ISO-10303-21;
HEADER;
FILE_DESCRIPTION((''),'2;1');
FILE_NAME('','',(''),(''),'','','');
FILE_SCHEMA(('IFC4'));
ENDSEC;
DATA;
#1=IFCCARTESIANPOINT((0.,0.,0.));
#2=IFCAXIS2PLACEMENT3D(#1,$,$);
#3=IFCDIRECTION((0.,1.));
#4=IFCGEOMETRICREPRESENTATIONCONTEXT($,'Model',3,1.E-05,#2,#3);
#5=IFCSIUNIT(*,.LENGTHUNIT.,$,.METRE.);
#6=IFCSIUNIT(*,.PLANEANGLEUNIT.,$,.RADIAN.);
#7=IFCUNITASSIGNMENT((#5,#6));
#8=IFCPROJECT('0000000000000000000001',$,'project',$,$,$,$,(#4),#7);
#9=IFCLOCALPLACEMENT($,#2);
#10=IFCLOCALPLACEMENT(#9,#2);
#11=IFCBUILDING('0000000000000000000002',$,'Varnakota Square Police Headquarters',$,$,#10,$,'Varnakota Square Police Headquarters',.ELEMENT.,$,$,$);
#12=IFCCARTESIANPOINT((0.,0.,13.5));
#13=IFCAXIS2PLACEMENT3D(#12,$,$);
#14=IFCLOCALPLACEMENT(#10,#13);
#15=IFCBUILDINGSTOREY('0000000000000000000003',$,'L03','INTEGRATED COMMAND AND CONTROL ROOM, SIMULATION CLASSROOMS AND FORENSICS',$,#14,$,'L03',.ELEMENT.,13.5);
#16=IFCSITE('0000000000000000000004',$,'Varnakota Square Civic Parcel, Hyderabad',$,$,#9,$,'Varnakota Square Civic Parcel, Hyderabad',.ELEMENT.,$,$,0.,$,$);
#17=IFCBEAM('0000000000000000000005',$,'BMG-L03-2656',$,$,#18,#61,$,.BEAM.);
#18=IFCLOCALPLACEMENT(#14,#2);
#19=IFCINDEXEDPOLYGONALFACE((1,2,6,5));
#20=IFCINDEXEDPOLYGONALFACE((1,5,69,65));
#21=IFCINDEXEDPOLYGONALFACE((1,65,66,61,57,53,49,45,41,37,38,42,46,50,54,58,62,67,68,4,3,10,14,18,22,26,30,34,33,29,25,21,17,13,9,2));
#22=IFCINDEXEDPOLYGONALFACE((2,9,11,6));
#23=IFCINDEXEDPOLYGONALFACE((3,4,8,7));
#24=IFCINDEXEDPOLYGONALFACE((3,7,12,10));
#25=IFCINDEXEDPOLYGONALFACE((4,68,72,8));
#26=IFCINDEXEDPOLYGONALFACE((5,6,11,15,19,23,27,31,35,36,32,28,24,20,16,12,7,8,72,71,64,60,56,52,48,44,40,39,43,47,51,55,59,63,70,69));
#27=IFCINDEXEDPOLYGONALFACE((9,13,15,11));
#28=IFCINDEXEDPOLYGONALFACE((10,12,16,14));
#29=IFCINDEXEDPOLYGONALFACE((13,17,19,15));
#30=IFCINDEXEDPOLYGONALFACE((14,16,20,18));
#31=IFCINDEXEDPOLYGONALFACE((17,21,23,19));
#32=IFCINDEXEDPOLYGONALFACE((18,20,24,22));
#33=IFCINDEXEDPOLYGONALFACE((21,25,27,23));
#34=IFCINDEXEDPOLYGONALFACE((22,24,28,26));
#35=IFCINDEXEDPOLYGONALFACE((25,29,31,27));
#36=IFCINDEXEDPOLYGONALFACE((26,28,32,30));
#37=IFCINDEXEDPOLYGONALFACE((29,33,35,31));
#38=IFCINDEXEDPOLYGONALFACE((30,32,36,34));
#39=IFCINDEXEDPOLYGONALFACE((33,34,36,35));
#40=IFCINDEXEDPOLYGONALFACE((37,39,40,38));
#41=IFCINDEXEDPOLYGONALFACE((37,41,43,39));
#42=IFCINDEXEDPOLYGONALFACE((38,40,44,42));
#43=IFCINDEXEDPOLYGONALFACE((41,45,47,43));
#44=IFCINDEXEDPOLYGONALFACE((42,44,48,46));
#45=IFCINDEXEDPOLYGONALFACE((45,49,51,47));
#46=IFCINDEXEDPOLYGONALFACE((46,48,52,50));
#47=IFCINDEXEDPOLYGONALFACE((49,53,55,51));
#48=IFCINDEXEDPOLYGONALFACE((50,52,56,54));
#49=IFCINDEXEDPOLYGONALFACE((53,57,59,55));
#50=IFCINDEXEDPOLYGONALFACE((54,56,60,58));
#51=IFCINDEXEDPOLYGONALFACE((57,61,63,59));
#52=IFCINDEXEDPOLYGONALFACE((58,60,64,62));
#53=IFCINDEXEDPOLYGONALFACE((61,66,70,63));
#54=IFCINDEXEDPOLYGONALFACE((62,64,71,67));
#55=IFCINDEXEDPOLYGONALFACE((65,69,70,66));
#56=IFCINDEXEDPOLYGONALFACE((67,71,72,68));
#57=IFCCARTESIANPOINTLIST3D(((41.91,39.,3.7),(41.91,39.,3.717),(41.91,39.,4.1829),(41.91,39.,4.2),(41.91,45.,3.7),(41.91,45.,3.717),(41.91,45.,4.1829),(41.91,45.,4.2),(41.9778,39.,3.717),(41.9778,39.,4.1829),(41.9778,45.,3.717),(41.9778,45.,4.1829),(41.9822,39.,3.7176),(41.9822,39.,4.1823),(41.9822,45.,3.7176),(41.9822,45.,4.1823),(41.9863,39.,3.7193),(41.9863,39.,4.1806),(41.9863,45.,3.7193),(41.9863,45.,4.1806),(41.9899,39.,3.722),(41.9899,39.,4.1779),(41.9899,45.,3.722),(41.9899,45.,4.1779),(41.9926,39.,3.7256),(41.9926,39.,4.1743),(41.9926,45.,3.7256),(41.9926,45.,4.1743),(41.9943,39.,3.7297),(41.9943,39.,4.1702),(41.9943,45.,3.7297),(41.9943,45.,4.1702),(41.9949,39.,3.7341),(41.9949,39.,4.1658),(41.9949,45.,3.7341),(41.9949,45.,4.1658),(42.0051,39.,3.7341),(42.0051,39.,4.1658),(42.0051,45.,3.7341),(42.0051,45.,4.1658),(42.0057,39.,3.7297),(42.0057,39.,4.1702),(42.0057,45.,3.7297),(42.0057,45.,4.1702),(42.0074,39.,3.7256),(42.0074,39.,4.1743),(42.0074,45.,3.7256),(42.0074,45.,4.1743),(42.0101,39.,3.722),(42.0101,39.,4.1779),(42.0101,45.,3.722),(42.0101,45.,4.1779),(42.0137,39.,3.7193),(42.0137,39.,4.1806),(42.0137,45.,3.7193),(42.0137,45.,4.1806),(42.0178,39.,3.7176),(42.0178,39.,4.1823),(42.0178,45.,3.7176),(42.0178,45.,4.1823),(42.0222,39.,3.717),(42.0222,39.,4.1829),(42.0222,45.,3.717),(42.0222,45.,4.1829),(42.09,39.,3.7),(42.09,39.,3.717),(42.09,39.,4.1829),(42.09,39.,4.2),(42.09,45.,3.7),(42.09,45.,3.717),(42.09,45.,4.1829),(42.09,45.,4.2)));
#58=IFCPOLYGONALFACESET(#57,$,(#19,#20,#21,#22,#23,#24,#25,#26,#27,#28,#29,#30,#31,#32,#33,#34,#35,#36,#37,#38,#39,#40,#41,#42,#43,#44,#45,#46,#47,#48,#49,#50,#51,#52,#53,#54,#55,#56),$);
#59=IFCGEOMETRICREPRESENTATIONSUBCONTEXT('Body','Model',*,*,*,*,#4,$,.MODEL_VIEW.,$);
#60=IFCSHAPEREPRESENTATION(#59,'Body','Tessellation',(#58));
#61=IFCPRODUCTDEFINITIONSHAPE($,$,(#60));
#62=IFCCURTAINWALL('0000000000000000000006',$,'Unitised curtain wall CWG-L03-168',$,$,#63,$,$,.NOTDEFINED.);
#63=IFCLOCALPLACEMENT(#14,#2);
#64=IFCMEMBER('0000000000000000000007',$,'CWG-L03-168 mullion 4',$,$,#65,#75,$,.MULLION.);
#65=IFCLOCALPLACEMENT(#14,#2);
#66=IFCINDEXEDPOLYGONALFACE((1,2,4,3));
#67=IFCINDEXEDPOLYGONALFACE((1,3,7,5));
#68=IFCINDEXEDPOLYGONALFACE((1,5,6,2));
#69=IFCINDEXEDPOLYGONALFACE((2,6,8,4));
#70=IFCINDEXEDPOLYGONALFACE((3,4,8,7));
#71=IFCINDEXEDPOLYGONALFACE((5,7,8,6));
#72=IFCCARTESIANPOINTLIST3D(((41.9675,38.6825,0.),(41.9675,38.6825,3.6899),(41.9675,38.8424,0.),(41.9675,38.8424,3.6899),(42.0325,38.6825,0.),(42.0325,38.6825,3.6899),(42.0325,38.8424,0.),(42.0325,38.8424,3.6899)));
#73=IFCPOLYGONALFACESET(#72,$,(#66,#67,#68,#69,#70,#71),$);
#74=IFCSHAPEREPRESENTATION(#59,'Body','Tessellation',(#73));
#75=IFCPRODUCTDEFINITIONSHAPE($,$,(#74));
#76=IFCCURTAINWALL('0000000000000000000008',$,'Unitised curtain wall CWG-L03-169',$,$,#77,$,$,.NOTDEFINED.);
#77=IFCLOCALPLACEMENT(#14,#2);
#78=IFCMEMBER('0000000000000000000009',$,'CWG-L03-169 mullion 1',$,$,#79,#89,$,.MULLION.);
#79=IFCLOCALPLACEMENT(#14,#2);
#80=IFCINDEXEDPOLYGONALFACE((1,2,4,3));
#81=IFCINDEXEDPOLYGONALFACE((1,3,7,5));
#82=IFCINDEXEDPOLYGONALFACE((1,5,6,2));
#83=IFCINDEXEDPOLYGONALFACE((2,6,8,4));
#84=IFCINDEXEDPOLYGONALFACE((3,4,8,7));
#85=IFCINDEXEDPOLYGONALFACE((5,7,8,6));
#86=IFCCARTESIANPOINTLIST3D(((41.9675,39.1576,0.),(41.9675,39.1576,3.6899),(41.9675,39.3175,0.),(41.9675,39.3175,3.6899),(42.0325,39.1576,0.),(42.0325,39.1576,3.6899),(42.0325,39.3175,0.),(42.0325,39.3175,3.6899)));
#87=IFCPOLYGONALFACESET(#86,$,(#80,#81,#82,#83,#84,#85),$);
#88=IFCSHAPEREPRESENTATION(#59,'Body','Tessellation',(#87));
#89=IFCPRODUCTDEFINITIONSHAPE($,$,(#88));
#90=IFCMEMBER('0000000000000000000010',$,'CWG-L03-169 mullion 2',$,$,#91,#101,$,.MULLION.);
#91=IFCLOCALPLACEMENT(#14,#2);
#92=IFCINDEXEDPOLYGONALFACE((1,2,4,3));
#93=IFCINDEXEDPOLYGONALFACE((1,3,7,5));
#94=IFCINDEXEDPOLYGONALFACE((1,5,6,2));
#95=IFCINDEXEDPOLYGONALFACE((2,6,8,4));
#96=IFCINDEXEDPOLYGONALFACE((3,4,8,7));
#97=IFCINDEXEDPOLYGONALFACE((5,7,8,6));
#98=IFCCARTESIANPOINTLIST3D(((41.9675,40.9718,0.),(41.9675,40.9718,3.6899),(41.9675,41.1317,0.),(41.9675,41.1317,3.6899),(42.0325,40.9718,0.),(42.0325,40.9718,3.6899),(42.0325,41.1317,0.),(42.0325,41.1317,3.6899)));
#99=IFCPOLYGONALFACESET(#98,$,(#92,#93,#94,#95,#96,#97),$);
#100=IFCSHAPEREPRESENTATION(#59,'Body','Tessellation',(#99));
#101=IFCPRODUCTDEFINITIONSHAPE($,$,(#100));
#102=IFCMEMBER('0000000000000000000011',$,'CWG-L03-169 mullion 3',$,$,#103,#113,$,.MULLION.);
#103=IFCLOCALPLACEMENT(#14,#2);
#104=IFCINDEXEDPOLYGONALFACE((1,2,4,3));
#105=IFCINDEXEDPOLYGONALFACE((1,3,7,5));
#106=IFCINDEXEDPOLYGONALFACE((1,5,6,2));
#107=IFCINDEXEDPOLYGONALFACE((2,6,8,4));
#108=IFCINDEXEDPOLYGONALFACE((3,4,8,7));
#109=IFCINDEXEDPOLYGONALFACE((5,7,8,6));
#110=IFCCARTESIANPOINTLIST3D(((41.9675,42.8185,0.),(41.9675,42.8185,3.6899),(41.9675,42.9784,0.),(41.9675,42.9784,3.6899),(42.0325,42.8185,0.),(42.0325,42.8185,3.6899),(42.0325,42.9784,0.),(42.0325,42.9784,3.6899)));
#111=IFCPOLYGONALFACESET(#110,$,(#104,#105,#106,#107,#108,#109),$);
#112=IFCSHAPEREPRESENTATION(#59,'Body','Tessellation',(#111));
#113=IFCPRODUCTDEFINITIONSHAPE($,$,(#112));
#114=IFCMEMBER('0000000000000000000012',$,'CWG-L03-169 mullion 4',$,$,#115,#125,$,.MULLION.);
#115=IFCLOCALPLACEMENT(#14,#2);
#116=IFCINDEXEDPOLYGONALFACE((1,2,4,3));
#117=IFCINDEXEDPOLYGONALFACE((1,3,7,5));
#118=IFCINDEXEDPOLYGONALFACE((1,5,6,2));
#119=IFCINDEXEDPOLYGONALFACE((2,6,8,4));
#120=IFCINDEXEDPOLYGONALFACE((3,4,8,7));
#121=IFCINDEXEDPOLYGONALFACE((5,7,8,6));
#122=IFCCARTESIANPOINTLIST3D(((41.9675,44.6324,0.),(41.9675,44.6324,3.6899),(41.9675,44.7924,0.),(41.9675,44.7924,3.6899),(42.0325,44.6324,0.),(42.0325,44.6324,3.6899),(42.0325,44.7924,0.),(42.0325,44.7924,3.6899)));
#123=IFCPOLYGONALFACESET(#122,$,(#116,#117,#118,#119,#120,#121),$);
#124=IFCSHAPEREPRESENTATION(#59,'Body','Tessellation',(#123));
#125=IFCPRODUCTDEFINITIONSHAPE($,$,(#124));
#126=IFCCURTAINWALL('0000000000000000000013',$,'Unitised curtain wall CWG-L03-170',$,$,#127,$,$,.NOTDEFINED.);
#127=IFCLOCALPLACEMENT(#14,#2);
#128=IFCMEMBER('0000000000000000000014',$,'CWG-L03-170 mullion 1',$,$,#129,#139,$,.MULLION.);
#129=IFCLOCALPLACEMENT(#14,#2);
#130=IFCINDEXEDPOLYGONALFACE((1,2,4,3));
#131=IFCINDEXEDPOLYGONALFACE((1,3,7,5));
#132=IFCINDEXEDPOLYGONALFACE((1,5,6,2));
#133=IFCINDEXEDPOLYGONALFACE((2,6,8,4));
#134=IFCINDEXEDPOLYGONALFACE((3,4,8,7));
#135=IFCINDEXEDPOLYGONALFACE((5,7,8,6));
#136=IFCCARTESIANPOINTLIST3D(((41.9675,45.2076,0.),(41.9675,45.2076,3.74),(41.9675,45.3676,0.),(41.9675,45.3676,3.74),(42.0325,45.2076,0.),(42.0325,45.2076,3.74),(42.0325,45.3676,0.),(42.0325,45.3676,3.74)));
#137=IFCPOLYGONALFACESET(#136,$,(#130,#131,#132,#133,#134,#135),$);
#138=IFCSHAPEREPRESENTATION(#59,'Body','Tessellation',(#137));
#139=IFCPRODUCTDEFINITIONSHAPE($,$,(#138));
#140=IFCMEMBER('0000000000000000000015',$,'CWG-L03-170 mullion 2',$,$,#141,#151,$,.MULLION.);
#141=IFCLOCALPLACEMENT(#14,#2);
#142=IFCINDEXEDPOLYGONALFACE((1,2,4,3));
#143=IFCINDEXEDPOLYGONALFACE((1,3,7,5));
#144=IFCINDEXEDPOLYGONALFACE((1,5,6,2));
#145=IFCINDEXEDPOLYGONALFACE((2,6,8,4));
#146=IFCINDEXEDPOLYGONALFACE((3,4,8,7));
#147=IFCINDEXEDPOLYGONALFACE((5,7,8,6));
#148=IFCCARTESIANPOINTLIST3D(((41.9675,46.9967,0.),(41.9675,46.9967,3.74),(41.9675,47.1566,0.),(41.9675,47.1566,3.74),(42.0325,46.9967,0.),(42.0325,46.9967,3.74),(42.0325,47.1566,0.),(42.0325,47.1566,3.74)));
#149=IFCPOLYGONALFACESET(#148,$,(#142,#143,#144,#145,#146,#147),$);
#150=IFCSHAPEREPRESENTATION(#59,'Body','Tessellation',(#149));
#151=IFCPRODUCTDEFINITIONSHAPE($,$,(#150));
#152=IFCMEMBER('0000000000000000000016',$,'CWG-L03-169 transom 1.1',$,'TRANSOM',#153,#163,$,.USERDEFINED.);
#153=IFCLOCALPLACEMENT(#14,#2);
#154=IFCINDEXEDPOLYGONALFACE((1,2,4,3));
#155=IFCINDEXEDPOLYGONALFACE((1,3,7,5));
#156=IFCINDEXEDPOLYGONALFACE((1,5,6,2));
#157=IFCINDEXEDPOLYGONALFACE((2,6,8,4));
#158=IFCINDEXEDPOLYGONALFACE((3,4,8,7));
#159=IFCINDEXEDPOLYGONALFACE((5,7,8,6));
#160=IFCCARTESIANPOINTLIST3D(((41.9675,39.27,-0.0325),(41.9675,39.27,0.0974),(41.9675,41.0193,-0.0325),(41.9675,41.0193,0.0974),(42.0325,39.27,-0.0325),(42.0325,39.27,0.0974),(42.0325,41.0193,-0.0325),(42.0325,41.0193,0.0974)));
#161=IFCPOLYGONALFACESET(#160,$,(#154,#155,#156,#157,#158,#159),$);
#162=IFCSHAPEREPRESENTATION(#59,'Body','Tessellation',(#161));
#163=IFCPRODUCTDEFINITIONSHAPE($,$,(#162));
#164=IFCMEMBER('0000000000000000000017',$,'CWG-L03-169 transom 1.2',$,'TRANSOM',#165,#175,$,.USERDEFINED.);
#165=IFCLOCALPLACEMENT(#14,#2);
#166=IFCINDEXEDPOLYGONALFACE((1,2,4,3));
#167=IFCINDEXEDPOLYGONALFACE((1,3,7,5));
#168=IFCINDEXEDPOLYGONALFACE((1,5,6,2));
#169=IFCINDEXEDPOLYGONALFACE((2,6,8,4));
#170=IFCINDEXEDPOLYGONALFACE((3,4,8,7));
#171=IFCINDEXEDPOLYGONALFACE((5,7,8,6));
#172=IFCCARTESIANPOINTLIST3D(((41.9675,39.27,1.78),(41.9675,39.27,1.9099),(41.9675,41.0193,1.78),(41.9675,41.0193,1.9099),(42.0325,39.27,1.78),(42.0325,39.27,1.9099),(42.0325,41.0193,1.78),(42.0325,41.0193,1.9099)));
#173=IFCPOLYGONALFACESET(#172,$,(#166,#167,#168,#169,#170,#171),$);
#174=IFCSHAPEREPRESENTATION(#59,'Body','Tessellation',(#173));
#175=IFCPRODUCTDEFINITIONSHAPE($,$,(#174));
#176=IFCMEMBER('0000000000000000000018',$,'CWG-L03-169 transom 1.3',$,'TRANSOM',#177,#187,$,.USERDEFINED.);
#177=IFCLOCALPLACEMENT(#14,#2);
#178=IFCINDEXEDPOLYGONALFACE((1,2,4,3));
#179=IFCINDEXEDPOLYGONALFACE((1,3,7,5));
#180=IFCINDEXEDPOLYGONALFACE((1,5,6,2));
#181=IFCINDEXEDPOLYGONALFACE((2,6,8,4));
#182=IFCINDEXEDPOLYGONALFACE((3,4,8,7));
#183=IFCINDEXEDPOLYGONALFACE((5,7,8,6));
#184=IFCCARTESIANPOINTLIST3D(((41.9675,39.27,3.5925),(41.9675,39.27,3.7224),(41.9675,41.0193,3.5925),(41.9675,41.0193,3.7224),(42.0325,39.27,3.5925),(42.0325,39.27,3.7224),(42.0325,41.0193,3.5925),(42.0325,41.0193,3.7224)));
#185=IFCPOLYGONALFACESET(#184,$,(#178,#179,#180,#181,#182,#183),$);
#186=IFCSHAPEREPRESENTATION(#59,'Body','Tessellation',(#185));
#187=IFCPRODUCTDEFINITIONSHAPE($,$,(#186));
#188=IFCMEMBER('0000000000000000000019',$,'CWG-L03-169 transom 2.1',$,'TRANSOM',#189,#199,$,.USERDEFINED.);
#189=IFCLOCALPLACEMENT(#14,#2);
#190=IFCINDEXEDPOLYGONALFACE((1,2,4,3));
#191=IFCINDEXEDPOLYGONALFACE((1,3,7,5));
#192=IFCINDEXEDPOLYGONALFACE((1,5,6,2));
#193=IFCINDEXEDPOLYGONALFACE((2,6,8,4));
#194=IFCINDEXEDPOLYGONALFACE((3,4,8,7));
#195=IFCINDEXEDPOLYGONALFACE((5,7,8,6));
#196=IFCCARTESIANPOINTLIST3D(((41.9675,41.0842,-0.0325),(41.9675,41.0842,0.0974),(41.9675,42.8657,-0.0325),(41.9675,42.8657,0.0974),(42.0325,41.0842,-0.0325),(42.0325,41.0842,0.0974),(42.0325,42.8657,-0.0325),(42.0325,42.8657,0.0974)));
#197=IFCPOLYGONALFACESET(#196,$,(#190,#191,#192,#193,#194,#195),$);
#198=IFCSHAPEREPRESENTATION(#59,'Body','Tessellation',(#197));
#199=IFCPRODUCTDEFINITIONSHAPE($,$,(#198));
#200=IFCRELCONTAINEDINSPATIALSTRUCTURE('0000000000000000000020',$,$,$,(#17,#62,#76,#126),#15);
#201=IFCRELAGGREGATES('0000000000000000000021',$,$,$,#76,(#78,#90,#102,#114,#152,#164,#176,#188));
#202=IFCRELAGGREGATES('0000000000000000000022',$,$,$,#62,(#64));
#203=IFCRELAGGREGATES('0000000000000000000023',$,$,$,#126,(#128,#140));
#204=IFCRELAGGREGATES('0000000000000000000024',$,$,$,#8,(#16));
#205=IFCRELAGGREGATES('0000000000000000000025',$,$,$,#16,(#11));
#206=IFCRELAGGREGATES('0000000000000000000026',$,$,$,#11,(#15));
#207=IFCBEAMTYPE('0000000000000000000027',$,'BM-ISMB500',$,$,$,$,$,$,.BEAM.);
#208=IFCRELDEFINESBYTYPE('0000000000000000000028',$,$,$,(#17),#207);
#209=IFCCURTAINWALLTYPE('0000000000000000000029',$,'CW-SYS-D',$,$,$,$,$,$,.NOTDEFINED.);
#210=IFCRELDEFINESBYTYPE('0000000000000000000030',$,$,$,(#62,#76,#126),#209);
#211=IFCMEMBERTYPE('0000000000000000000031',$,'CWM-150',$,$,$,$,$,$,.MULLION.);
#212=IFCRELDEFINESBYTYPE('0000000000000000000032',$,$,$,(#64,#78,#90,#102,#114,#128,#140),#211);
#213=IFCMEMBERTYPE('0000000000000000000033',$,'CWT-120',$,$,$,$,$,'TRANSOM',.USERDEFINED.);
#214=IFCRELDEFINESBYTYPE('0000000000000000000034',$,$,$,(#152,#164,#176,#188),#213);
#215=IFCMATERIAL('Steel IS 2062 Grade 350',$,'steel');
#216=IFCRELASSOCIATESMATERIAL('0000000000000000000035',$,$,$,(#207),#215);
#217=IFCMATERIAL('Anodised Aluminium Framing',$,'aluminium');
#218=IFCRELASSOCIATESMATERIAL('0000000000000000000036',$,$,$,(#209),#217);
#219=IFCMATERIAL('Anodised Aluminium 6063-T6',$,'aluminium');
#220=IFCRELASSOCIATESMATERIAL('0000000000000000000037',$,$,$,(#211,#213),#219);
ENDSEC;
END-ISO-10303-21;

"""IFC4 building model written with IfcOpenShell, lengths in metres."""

from ifc_helpers import new_model, si_unit, direction, frame, origin, origin_2d, place, context, subcontext, project, spatial, rectangle, i_section, extrude, material, material_profile, profile_set, type_object, element, aggregate, save


model = new_model("IFC4")

# Units and contexts
model_context = context("Model", 3, precision=1e-05, world=origin(), true_north=direction((0.0, 1.0)))
body_context = subcontext(model_context, "Body", "Model", "MODEL_VIEW")
ifc_project = project(units=[si_unit("LENGTHUNIT", "METRE"), si_unit("PLANEANGLEUNIT", "RADIAN")], contexts=[model_context])

# Site, building, storey
site_placement = place(None, origin())
site = spatial("IfcSite", under=ifc_project, at=site_placement, Name="Varnakota Square Civic Parcel, Hyderabad", LongName="Varnakota Square Civic Parcel, Hyderabad", CompositionType="ELEMENT", RefElevation=0.0)
building_placement = place(site_placement, origin())
building = spatial("IfcBuilding", under=site, at=building_placement, Name="Varnakota Square Police Headquarters", LongName="Varnakota Square Police Headquarters", CompositionType="ELEMENT")
storey_placement = place(building_placement, frame((0.0, 0.0, 13.5)))
storey = spatial("IfcBuildingStorey", under=building, at=storey_placement, Name="L03", Description="INTEGRATED COMMAND AND CONTROL ROOM, SIMULATION CLASSROOMS AND FORENSICS", LongName="L03", CompositionType="ELEMENT", Elevation=13.5)

# Shared definitions
ifc_material_1 = material(Name="Steel IS 2062 Grade 350", Category="steel")

# Beam
ifc_material_profile_1 = material_profile(ifc_material_1, i_section(OverallWidth=0.1799, OverallDepth=0.5, WebThickness=0.0103, FlangeThickness=0.0171, FilletRadius=0.0171, at=origin_2d()), Name="ISMB 500")
ifc_profile_set_1 = profile_set([ifc_material_profile_1], Name="Steel IS 2062 Grade 350")
beam_type_1 = type_object("IfcBeamType", Name="BM-ISMB500", PredefinedType="BEAM", material=ifc_profile_set_1)
beam_1_placement = place(storey_placement, frame((42.0, 39.0, 3.95), z_axis=(0.0, 1.0, 0.0), x_axis=(-1.0, 0.0, 0.0)))
element("IfcBeam", 1, at=beam_1_placement, inside=storey, type_object=beam_type_1, Name="BMG-L03-2656", PredefinedType="BEAM", context=body_context, shape_type="SweptSolid", body=[
    extrude(i_section(OverallWidth=0.1799, OverallDepth=0.5, WebThickness=0.0103, FlangeThickness=0.0171, FilletRadius=0.0171, at=origin_2d()), origin(), (0.0, 0.0, 1.0), 6.0),
])

# Curtain wall, member
ifc_material_2 = material(Name="Anodised Aluminium Framing", Category="aluminium")
curtain_wall_type = type_object("IfcCurtainWallType", Name="CW-SYS-D", PredefinedType="NOTDEFINED", material=ifc_material_2)
curtain_wall_1_placement = place(storey_placement, origin())
curtain_wall_1 = element("IfcCurtainWall", 2, at=curtain_wall_1_placement, inside=storey, type_object=curtain_wall_type, Name="Unitised curtain wall CWG-L03-168", PredefinedType="NOTDEFINED")
ifc_material_3 = material(Name="Anodised Aluminium 6063-T6", Category="aluminium")
ifc_material_profile_2 = material_profile(ifc_material_3, rectangle(XDim=0.0649, YDim=0.1599, at=origin_2d()), Name="ALU MULLION 65x160")
ifc_profile_set_2 = profile_set([ifc_material_profile_2], Name="Anodised Aluminium 6063-T6")
member_type_1 = type_object("IfcMemberType", Name="CWM-150", PredefinedType="MULLION", material=ifc_profile_set_2)
member_1_placement = place(storey_placement, frame((42.0, 38.7625, 0.0), z_axis=(0.0, 0.0, 1.0), x_axis=(-1.0, 0.0, 0.0)))
member_1 = element("IfcMember", 3, at=member_1_placement, type_object=member_type_1, Name="CWG-L03-168 mullion 4", PredefinedType="MULLION", context=body_context, shape_type="SweptSolid", body=[
    extrude(rectangle(XDim=0.0649, YDim=0.1599, at=origin_2d()), origin(), (0.0, 0.0, 1.0), 3.6899),
])

# Curtain walls, members
curtain_wall_2_placement = place(storey_placement, origin())
curtain_wall_2 = element("IfcCurtainWall", 4, at=curtain_wall_2_placement, inside=storey, type_object=curtain_wall_type, Name="Unitised curtain wall CWG-L03-169", PredefinedType="NOTDEFINED")
member_2_placement = place(storey_placement, frame((42.0, 39.2375, 0.0), z_axis=(0.0, 0.0, 1.0), x_axis=(-1.0, 0.0, 0.0)))
member_2 = element("IfcMember", 5, at=member_2_placement, type_object=member_type_1, Name="CWG-L03-169 mullion 1", PredefinedType="MULLION", context=body_context, shape_type="SweptSolid", body=[
    extrude(rectangle(XDim=0.0649, YDim=0.1599, at=origin_2d()), origin(), (0.0, 0.0, 1.0), 3.6899),
])
member_3_placement = place(storey_placement, frame((42.0, 41.0518, 0.0), z_axis=(0.0, 0.0, 1.0), x_axis=(-1.0, 0.0, 0.0)))
member_3 = element("IfcMember", 6, at=member_3_placement, type_object=member_type_1, Name="CWG-L03-169 mullion 2", PredefinedType="MULLION", context=body_context, shape_type="SweptSolid", body=[
    extrude(rectangle(XDim=0.0649, YDim=0.1599, at=origin_2d()), origin(), (0.0, 0.0, 1.0), 3.6899),
])
member_4_placement = place(storey_placement, frame((42.0, 42.8984, 0.0), z_axis=(0.0, 0.0, 1.0), x_axis=(-1.0, 0.0, 0.0)))
member_4 = element("IfcMember", 7, at=member_4_placement, type_object=member_type_1, Name="CWG-L03-169 mullion 3", PredefinedType="MULLION", context=body_context, shape_type="SweptSolid", body=[
    extrude(rectangle(XDim=0.0649, YDim=0.1599, at=origin_2d()), origin(), (0.0, 0.0, 1.0), 3.6899),
])
member_5_placement = place(storey_placement, frame((42.0, 44.7124, 0.0), z_axis=(0.0, 0.0, 1.0), x_axis=(-1.0, 0.0, 0.0)))
member_5 = element("IfcMember", 8, at=member_5_placement, type_object=member_type_1, Name="CWG-L03-169 mullion 4", PredefinedType="MULLION", context=body_context, shape_type="SweptSolid", body=[
    extrude(rectangle(XDim=0.0649, YDim=0.1599, at=origin_2d()), origin(), (0.0, 0.0, 1.0), 3.6899),
])
curtain_wall_3_placement = place(storey_placement, origin())
curtain_wall_3 = element("IfcCurtainWall", 9, at=curtain_wall_3_placement, inside=storey, type_object=curtain_wall_type, Name="Unitised curtain wall CWG-L03-170", PredefinedType="NOTDEFINED")
member_6_placement = place(storey_placement, frame((42.0, 45.2876, 0.0), z_axis=(0.0, 0.0, 1.0), x_axis=(-1.0, 0.0, 0.0)))
member_6 = element("IfcMember", 10, at=member_6_placement, type_object=member_type_1, Name="CWG-L03-170 mullion 1", PredefinedType="MULLION", context=body_context, shape_type="SweptSolid", body=[
    extrude(rectangle(XDim=0.0649, YDim=0.1599, at=origin_2d()), origin(), (0.0, 0.0, 1.0), 3.74),
])
member_7_placement = place(storey_placement, frame((42.0, 47.0767, 0.0), z_axis=(0.0, 0.0, 1.0), x_axis=(-1.0, 0.0, 0.0)))
member_7 = element("IfcMember", 11, at=member_7_placement, type_object=member_type_1, Name="CWG-L03-170 mullion 2", PredefinedType="MULLION", context=body_context, shape_type="SweptSolid", body=[
    extrude(rectangle(XDim=0.0649, YDim=0.1599, at=origin_2d()), origin(), (0.0, 0.0, 1.0), 3.74),
])

# Members
ifc_material_profile_3 = material_profile(ifc_material_3, rectangle(XDim=0.0649, YDim=0.1299, at=origin_2d()), Name="ALU TRANSOM 65x130")
ifc_profile_set_3 = profile_set([ifc_material_profile_3], Name="Anodised Aluminium 6063-T6")
member_type_2 = type_object("IfcMemberType", Name="CWT-120", ElementType="TRANSOM", PredefinedType="USERDEFINED", material=ifc_profile_set_3)
member_8_placement = place(storey_placement, frame((42.0, 39.27, 0.0325), z_axis=(0.0, 1.0, 0.0), x_axis=(-1.0, 0.0, 0.0)))
member_8 = element("IfcMember", 12, at=member_8_placement, type_object=member_type_2, Name="CWG-L03-169 transom 1.1", ObjectType="TRANSOM", PredefinedType="USERDEFINED", context=body_context, shape_type="SweptSolid", body=[
    extrude(rectangle(XDim=0.0649, YDim=0.1299, at=origin_2d()), origin(), (0.0, 0.0, 1.0), 1.7493),
])
member_9_placement = place(storey_placement, frame((42.0, 39.27, 1.845), z_axis=(0.0, 1.0, 0.0), x_axis=(-1.0, 0.0, 0.0)))
member_9 = element("IfcMember", 13, at=member_9_placement, type_object=member_type_2, Name="CWG-L03-169 transom 1.2", ObjectType="TRANSOM", PredefinedType="USERDEFINED", context=body_context, shape_type="SweptSolid", body=[
    extrude(rectangle(XDim=0.0649, YDim=0.1299, at=origin_2d()), origin(), (0.0, 0.0, 1.0), 1.7493),
])
member_10_placement = place(storey_placement, frame((42.0, 39.27, 3.6575), z_axis=(0.0, 1.0, 0.0), x_axis=(-1.0, 0.0, 0.0)))
member_10 = element("IfcMember", 14, at=member_10_placement, type_object=member_type_2, Name="CWG-L03-169 transom 1.3", ObjectType="TRANSOM", PredefinedType="USERDEFINED", context=body_context, shape_type="SweptSolid", body=[
    extrude(rectangle(XDim=0.0649, YDim=0.1299, at=origin_2d()), origin(), (0.0, 0.0, 1.0), 1.7493),
])
member_11_placement = place(storey_placement, frame((42.0, 41.0842, 0.0325), z_axis=(0.0, 1.0, 0.0), x_axis=(-1.0, 0.0, 0.0)))
member_11 = element("IfcMember", 15, at=member_11_placement, type_object=member_type_2, Name="CWG-L03-169 transom 2.1", ObjectType="TRANSOM", PredefinedType="USERDEFINED", context=body_context, shape_type="SweptSolid", body=[
    extrude(rectangle(XDim=0.0649, YDim=0.1299, at=origin_2d()), origin(), (0.0, 0.0, 1.0), 1.7815),
])

aggregate(curtain_wall_2, [member_2, member_3, member_4, member_5, member_8, member_9, member_10, member_11])
aggregate(curtain_wall_1, [member_1])
aggregate(curtain_wall_3, [member_6, member_7])

save(model, "model.ifc")
